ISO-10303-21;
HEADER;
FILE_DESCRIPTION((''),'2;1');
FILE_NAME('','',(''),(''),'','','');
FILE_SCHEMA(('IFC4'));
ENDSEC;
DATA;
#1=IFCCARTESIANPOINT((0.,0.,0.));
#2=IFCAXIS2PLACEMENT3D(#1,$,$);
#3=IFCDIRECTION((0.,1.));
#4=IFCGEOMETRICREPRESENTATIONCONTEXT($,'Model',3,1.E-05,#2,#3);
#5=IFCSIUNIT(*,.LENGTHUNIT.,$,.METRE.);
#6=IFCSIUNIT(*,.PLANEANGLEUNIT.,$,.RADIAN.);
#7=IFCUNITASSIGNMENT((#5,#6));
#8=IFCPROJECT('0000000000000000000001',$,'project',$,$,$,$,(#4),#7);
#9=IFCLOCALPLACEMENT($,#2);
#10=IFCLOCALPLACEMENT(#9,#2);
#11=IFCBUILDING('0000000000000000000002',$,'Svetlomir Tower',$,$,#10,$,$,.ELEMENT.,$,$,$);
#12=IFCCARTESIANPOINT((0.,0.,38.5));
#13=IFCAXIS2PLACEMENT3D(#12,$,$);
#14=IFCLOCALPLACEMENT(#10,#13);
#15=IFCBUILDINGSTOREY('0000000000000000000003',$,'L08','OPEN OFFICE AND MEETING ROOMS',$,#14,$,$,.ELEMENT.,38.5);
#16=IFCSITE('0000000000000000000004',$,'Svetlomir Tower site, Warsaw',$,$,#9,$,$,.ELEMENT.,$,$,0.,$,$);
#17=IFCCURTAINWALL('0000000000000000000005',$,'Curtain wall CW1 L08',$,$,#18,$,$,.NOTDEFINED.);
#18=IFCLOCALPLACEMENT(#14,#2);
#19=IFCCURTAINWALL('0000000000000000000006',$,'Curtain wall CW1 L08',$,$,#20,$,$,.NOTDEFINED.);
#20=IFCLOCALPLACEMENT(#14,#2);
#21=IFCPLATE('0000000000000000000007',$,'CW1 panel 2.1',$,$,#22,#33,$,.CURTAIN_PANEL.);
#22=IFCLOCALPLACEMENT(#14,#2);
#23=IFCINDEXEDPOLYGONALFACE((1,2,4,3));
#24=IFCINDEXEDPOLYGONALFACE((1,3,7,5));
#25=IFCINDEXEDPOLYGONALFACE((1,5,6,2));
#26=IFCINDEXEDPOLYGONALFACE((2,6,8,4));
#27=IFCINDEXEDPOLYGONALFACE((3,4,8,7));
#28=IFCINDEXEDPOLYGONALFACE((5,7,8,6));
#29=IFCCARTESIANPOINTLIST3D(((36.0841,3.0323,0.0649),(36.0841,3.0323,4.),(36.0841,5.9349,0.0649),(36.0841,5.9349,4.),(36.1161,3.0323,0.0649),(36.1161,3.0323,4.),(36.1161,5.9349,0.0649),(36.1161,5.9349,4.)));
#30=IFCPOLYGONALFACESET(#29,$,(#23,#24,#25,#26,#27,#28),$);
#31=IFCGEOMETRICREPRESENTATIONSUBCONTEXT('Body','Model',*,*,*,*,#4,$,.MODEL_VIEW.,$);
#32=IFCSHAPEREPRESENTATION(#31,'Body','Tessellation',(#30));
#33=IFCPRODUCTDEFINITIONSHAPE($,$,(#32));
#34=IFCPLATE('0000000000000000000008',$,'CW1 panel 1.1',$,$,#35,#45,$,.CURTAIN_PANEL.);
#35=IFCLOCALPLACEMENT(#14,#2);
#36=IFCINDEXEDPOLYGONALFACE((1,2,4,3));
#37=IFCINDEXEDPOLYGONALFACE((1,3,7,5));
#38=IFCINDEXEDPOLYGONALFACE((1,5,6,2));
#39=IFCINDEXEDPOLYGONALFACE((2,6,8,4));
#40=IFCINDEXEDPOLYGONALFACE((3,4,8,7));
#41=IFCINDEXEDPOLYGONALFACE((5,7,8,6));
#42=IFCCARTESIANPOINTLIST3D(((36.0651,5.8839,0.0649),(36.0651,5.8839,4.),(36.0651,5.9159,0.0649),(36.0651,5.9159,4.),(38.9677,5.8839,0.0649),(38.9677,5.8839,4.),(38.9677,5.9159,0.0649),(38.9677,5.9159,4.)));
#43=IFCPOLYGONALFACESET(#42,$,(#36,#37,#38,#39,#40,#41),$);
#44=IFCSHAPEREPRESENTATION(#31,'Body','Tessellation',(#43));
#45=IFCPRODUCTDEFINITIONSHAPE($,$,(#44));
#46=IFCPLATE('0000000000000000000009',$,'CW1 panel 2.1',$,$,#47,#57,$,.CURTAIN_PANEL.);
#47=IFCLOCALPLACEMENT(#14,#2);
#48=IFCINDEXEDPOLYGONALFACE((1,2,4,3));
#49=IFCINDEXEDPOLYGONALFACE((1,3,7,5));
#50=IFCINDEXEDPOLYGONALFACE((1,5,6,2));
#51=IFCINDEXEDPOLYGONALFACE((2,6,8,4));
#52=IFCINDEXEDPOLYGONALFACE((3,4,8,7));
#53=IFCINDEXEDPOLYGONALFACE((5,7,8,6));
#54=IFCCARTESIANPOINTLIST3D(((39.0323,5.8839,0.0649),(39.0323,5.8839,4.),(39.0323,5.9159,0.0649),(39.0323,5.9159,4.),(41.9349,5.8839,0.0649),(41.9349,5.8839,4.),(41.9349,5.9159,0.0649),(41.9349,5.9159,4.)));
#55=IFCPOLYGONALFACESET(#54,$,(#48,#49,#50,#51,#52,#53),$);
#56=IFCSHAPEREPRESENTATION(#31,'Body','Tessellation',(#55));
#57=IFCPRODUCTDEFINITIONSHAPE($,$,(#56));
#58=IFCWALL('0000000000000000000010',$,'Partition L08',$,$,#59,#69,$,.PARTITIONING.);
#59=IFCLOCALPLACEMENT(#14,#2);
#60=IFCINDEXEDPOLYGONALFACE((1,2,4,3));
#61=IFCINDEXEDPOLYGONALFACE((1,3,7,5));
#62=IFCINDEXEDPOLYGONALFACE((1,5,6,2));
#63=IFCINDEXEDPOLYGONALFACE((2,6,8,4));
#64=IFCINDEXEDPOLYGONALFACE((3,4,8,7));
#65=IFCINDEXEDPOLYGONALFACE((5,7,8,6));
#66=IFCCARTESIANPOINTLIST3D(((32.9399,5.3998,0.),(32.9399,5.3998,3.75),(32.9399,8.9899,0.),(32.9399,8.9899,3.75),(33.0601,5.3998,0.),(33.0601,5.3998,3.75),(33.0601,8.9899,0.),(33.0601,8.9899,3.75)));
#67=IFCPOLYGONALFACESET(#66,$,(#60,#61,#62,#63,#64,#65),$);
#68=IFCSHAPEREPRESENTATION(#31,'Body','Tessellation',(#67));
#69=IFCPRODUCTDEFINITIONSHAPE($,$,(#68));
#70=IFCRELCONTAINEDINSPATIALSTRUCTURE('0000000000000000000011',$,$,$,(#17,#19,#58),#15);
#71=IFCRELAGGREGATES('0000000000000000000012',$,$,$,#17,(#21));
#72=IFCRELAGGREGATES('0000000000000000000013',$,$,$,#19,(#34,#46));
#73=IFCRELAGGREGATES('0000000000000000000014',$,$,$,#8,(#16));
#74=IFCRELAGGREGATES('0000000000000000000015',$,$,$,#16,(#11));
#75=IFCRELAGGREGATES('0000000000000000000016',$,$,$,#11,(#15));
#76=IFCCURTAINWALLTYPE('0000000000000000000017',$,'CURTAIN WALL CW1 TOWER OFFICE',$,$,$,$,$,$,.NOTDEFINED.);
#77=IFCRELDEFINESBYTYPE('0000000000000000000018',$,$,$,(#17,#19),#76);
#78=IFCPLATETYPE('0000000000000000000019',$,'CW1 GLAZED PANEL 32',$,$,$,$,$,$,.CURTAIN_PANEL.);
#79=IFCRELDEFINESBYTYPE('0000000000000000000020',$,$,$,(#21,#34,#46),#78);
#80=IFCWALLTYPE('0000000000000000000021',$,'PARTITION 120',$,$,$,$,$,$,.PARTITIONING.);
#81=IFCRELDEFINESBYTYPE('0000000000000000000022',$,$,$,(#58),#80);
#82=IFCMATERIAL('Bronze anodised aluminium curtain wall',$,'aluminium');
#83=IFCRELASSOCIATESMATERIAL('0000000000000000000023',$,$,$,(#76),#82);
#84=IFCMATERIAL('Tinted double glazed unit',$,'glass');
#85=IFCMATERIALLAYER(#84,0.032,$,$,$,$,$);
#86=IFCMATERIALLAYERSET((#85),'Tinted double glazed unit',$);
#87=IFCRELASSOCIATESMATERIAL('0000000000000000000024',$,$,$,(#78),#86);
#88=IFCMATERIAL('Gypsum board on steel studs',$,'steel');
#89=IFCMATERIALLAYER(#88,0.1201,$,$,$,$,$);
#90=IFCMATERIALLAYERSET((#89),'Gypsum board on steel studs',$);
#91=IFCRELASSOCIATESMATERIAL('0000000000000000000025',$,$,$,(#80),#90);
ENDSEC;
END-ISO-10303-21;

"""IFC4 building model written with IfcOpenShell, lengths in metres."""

from ifc_helpers import new_model, si_unit, direction, frame, frame_2d, origin, origin_2d, place, context, subcontext, project, spatial, rectangle, extrude, material, layer, layer_set, type_object, element, aggregate, save


model = new_model("IFC4")

# Units and contexts
model_context = context("Model", 3, precision=1e-05, world=origin(), true_north=direction((0.0, 1.0)))
body_context = subcontext(model_context, "Body", "Model", "MODEL_VIEW")
ifc_project = project(units=[si_unit("LENGTHUNIT", "METRE"), si_unit("PLANEANGLEUNIT", "RADIAN")], contexts=[model_context])

# Site, building, storey
site_placement = place(None, origin())
site = spatial("IfcSite", under=ifc_project, at=site_placement, Name="Svetlomir Tower site, Warsaw", CompositionType="ELEMENT", RefElevation=0.0)
building_placement = place(site_placement, origin())
building = spatial("IfcBuilding", under=site, at=building_placement, Name="Svetlomir Tower", CompositionType="ELEMENT")
storey_placement = place(building_placement, frame((0.0, 0.0, 38.5)))
storey = spatial("IfcBuildingStorey", under=building, at=storey_placement, Name="L08", Description="OPEN OFFICE AND MEETING ROOMS", CompositionType="ELEMENT", Elevation=38.5)

# Curtain walls
ifc_material_1 = material(Name="Bronze anodised aluminium curtain wall", Category="aluminium")
curtain_wall_type = type_object("IfcCurtainWallType", Name="CURTAIN WALL CW1 TOWER OFFICE", PredefinedType="NOTDEFINED", material=ifc_material_1)
curtain_wall_1_placement = place(storey_placement, origin())
curtain_wall_1 = element("IfcCurtainWall", 1, at=curtain_wall_1_placement, inside=storey, type_object=curtain_wall_type, Name="Curtain wall CW1 L08", PredefinedType="NOTDEFINED")
curtain_wall_2_placement = place(storey_placement, origin())
curtain_wall_2 = element("IfcCurtainWall", 2, at=curtain_wall_2_placement, inside=storey, type_object=curtain_wall_type, Name="Curtain wall CW1 L08", PredefinedType="NOTDEFINED")

# Plates
ifc_material_2 = material(Name="Tinted double glazed unit", Category="glass")
ifc_layer_1 = layer(ifc_material_2, 0.032)
ifc_layer_set_1 = layer_set([ifc_layer_1], Name="Tinted double glazed unit")
plate_type = type_object("IfcPlateType", Name="CW1 GLAZED PANEL 32", PredefinedType="CURTAIN_PANEL", material=ifc_layer_set_1)
plate_1_placement = place(storey_placement, frame((36.1001, 4.4836, 0.0649), z_axis=(0.0, 0.0, 1.0), x_axis=(0.0, 1.0, 0.0)))
plate_1 = element("IfcPlate", 3, at=plate_1_placement, type_object=plate_type, Name="CW1 panel 2.1", PredefinedType="CURTAIN_PANEL", context=body_context, shape_type="SweptSolid", body=[
    extrude(rectangle(XDim=2.9026, YDim=0.032, at=origin_2d()), origin(), (0.0, 0.0, 1.0), 3.9351),
])
aggregate(curtain_wall_1, [plate_1])
plate_2_placement = place(storey_placement, frame((37.5164, 5.8999, 0.0649), z_axis=(0.0, 0.0, 1.0), x_axis=(1.0, 0.0, 0.0)))
plate_2 = element("IfcPlate", 4, at=plate_2_placement, type_object=plate_type, Name="CW1 panel 1.1", PredefinedType="CURTAIN_PANEL", context=body_context, shape_type="SweptSolid", body=[
    extrude(rectangle(XDim=2.9026, YDim=0.032, at=origin_2d()), origin(), (0.0, 0.0, 1.0), 3.9351),
])
plate_3_placement = place(storey_placement, frame((40.4836, 5.8999, 0.0649), z_axis=(0.0, 0.0, 1.0), x_axis=(1.0, 0.0, 0.0)))
plate_3 = element("IfcPlate", 5, at=plate_3_placement, type_object=plate_type, Name="CW1 panel 2.1", PredefinedType="CURTAIN_PANEL", context=body_context, shape_type="SweptSolid", body=[
    extrude(rectangle(XDim=2.9026, YDim=0.032, at=origin_2d()), origin(), (0.0, 0.0, 1.0), 3.9351),
])
aggregate(curtain_wall_2, [plate_2, plate_3])

# Wall
ifc_material_3 = material(Name="Gypsum board on steel studs", Category="steel")
ifc_layer_2 = layer(ifc_material_3, 0.1201)
ifc_layer_set_2 = layer_set([ifc_layer_2], Name="Gypsum board on steel studs")
wall_type = type_object("IfcWallType", Name="PARTITION 120", PredefinedType="PARTITIONING", material=ifc_layer_set_2)
wall_placement = place(storey_placement, frame((33.0, 5.3999, 0.0), z_axis=(0.0, 0.0, 1.0), x_axis=(0.0, 1.0, 0.0)))
element("IfcWall", 6, at=wall_placement, inside=storey, type_object=wall_type, Name="Partition L08", PredefinedType="PARTITIONING", context=body_context, shape_type="SweptSolid", body=[
    extrude(rectangle(XDim=3.5901, YDim=0.1201, at=frame_2d((1.7949, 0.0))), origin(), (0.0, 0.0, 1.0), 3.75),
])

save(model, "model.ifc")
